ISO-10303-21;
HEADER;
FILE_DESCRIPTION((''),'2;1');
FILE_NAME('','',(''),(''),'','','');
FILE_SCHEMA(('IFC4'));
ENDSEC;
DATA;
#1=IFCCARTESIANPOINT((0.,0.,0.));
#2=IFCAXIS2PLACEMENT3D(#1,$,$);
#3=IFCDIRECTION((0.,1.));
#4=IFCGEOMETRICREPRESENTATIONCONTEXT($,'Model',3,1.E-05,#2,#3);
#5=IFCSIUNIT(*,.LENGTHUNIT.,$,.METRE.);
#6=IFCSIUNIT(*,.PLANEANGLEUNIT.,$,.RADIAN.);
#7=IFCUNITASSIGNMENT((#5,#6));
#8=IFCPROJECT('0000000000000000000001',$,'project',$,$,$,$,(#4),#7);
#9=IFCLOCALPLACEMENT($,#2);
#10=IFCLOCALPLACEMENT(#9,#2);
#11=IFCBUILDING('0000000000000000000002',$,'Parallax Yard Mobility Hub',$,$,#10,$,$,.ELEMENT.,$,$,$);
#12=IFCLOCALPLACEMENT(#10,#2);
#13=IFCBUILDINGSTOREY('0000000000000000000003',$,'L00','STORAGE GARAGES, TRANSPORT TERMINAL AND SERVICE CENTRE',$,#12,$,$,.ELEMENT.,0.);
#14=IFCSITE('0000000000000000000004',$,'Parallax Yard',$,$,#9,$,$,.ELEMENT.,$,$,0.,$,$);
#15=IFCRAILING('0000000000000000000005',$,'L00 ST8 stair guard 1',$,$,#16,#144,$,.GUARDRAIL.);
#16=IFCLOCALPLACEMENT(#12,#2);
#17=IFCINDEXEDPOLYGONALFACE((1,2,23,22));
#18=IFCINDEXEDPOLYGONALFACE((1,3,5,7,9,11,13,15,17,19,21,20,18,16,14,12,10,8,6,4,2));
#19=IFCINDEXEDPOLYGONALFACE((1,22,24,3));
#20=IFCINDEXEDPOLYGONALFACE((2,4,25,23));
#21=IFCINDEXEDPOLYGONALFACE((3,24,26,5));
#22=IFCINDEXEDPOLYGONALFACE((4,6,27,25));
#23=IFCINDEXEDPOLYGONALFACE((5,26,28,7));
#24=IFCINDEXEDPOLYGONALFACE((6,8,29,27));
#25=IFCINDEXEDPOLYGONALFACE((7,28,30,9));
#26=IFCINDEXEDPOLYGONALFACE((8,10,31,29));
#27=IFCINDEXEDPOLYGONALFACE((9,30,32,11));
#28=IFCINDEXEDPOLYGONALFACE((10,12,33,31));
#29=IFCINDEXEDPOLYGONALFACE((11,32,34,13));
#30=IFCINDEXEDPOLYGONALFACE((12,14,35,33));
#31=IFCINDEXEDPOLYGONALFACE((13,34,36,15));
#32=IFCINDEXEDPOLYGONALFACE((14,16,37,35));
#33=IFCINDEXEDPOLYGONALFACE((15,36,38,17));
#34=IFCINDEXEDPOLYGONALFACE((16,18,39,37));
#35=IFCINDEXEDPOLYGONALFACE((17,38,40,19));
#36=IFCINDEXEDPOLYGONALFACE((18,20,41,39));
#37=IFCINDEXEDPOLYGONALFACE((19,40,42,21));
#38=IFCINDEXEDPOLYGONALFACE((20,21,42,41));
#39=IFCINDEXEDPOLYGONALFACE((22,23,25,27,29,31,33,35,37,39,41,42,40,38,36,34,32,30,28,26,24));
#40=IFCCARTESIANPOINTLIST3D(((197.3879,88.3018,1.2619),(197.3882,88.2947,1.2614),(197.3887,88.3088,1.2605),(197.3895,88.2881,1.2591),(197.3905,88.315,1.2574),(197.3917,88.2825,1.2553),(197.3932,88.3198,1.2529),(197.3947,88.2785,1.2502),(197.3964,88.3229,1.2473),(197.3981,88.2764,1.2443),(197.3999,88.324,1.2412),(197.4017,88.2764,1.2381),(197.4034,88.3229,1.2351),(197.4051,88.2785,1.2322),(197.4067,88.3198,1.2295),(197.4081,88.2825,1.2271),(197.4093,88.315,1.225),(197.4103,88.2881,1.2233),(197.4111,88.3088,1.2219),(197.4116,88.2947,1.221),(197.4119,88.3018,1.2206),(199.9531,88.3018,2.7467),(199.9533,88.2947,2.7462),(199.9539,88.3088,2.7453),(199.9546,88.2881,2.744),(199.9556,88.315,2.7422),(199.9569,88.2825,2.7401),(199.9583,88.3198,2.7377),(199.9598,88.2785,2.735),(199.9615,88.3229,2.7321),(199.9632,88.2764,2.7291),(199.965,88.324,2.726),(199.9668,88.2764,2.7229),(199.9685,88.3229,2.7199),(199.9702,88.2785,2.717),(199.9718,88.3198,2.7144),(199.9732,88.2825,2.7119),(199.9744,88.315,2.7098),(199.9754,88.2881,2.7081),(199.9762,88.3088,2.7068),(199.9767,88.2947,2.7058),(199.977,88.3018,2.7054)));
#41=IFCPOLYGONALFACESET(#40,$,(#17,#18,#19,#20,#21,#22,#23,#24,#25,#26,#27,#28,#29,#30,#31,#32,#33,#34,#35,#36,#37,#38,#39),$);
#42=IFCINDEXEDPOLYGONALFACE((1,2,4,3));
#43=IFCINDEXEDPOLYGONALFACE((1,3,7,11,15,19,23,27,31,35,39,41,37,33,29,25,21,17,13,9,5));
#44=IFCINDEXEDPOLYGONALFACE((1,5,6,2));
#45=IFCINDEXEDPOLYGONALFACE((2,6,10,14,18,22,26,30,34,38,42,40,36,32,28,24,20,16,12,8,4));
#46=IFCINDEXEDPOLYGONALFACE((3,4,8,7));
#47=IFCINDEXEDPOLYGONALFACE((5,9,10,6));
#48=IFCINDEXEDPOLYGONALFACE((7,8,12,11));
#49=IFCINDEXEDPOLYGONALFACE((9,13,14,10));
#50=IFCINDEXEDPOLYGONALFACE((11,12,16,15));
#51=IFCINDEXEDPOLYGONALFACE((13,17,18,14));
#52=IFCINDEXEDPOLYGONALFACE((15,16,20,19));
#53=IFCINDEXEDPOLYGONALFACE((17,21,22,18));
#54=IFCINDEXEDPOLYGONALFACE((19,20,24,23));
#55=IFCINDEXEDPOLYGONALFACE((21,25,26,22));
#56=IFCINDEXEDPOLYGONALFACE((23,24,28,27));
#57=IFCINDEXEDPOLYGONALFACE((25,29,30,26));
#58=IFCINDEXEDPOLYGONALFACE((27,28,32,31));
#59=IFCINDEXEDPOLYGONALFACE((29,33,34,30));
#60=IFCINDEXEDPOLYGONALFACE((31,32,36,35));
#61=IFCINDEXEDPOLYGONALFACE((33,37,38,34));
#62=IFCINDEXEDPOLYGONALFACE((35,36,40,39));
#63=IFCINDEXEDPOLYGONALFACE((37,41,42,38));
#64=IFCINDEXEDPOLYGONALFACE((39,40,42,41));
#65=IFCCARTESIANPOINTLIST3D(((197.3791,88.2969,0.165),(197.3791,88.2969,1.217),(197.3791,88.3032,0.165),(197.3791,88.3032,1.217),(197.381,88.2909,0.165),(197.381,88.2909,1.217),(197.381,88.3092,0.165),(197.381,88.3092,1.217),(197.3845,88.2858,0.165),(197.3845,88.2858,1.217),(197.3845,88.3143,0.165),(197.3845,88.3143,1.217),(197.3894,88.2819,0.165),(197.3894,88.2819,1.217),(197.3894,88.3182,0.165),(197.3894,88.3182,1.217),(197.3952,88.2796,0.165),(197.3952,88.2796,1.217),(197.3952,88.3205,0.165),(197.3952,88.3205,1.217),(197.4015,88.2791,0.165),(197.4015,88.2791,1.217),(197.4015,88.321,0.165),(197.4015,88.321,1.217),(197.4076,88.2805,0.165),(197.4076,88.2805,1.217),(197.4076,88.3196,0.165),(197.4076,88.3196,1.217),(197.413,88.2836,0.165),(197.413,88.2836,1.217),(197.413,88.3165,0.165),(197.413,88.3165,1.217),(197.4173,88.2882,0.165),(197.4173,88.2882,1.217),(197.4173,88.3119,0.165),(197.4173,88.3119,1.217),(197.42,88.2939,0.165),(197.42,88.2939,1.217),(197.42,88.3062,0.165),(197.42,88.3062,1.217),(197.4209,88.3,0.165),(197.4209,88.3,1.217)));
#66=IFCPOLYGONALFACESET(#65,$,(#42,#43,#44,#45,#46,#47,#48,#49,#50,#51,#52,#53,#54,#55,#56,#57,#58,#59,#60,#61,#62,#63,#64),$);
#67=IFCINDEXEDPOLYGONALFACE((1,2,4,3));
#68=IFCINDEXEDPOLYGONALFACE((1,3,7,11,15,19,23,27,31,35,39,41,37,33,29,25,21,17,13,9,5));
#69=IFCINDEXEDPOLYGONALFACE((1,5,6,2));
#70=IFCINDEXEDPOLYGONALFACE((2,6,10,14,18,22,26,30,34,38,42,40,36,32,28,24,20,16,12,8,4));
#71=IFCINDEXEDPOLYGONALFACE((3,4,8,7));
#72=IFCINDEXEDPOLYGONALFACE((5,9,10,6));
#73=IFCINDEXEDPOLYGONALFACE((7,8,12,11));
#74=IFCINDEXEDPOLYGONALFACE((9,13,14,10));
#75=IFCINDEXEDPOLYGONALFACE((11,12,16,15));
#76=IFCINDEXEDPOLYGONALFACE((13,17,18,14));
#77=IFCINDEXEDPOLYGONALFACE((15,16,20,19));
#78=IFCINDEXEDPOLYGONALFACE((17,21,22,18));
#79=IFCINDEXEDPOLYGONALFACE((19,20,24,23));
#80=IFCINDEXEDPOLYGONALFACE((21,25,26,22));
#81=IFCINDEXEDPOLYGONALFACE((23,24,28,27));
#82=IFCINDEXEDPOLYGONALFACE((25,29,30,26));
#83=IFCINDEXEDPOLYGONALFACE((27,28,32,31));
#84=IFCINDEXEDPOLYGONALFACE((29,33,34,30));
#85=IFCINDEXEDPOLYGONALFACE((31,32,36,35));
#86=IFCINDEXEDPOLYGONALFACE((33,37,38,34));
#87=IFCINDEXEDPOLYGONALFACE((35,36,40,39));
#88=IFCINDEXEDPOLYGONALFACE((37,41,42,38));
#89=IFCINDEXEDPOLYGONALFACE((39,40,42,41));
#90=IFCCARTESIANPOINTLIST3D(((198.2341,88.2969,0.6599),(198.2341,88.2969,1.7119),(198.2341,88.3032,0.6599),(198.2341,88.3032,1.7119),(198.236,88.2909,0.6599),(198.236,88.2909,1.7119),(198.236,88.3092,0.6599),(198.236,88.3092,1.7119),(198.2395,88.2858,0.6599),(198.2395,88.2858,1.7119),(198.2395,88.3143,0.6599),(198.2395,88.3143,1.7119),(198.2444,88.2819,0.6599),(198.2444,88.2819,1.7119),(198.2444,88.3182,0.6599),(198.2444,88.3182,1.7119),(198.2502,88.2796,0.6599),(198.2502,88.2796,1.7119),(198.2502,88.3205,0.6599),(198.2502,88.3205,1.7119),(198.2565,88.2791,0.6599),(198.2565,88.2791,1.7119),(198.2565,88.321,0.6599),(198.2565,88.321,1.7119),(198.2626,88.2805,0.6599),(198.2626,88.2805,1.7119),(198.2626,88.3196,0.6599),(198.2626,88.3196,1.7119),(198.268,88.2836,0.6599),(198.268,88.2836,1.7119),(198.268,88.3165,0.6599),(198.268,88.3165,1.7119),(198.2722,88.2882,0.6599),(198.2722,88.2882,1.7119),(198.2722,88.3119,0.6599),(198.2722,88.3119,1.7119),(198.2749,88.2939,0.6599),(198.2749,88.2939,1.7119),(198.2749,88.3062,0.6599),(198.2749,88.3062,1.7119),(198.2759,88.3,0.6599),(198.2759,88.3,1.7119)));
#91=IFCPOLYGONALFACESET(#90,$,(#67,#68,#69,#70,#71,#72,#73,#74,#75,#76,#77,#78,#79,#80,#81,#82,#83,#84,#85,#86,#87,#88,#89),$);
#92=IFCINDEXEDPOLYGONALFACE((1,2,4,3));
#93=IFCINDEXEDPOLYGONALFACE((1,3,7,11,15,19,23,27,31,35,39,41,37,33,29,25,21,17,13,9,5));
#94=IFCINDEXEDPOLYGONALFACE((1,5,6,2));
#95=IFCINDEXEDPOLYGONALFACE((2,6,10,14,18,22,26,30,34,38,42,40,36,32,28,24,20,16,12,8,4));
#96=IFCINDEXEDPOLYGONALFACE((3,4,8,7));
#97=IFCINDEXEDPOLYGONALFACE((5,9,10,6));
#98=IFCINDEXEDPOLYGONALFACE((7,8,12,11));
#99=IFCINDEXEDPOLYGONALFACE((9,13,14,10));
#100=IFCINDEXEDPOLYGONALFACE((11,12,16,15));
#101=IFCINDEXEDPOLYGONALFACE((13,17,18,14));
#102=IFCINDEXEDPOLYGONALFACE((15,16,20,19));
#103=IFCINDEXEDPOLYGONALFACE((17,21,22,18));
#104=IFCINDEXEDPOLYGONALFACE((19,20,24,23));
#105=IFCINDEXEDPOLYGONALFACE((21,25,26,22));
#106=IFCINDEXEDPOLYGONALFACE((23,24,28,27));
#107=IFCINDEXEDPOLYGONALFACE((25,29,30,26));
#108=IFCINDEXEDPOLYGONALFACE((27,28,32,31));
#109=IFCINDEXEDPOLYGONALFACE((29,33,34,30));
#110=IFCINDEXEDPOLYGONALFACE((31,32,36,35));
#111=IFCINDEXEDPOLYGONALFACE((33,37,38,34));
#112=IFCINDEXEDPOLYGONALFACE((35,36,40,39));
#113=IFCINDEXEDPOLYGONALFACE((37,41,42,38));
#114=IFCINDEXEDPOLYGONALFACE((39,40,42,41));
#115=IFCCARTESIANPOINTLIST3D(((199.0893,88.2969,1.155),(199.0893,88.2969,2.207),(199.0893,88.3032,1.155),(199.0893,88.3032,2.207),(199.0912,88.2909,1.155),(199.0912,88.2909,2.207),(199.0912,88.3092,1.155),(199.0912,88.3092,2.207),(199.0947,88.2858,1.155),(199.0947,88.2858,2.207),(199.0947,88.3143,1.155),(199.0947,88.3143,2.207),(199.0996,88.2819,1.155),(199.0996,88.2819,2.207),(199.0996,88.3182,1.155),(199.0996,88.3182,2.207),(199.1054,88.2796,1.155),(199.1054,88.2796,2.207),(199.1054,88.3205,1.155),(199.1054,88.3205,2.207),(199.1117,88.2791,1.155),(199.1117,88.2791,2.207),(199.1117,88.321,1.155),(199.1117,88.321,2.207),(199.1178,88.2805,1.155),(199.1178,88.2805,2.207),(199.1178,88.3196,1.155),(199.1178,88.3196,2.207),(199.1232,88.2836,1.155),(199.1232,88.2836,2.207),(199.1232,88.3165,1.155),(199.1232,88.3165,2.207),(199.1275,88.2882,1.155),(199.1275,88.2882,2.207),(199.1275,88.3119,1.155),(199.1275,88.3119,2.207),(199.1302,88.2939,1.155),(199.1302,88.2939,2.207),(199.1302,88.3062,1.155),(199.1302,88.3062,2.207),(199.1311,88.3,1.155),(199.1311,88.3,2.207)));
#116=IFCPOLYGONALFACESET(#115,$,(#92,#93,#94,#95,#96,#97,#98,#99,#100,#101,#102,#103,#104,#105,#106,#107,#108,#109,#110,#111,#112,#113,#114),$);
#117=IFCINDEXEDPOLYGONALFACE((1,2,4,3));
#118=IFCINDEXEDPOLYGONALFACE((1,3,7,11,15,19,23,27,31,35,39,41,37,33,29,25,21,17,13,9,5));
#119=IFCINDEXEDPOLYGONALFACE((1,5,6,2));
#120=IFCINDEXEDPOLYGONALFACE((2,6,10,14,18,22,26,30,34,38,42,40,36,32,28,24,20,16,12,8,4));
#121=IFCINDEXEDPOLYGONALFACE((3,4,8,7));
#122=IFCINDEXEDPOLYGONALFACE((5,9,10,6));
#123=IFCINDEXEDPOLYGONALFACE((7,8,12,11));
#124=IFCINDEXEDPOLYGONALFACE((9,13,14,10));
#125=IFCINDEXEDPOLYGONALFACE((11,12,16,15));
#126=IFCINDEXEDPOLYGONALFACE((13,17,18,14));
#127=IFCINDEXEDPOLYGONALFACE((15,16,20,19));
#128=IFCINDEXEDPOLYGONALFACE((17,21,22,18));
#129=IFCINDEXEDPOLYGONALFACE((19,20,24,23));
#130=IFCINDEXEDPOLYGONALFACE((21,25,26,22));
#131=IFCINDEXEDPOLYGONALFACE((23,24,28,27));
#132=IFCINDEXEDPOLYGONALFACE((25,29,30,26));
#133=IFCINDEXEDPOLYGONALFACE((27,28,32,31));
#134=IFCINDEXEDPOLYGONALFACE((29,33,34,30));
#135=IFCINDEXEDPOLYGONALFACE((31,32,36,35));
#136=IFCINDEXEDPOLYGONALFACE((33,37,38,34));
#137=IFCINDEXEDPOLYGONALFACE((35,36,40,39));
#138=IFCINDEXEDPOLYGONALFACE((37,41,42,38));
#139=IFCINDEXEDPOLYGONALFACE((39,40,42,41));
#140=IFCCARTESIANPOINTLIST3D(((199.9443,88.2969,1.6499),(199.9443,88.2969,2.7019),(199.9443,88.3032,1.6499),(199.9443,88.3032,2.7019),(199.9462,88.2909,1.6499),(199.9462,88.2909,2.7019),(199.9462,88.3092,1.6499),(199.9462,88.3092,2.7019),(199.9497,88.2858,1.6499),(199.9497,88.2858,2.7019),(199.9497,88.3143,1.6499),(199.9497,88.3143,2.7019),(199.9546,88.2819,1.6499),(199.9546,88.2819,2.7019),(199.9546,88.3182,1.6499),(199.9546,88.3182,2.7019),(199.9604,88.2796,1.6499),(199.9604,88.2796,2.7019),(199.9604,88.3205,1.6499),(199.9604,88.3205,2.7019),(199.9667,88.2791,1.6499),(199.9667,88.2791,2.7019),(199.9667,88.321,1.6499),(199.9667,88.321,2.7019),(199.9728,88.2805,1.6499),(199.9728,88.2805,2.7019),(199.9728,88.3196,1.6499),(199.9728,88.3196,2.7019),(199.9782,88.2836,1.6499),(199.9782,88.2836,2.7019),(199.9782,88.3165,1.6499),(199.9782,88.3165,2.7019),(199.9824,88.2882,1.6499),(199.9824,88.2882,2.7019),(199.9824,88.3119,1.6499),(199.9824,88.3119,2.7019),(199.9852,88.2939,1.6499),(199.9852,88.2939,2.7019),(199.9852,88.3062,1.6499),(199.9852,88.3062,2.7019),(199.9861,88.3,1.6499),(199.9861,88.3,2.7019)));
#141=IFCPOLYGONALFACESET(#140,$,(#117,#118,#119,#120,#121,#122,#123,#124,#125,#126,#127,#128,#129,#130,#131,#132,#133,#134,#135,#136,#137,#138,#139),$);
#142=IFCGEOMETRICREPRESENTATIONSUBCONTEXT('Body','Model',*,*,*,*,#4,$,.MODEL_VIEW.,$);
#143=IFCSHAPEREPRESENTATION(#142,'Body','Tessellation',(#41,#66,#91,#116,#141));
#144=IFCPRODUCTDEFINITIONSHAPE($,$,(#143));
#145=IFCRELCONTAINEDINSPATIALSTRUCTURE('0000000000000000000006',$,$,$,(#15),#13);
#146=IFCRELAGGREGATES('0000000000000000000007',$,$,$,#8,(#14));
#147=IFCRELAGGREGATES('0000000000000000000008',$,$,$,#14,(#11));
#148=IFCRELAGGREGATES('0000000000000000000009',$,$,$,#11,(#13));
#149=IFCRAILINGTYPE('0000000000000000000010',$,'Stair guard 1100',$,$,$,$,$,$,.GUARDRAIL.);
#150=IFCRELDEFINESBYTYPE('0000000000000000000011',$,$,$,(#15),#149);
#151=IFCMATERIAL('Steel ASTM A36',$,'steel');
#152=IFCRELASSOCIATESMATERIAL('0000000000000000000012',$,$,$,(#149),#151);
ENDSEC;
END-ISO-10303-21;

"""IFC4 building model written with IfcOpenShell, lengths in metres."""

from ifc_helpers import new_model, si_unit, direction, frame, origin, origin_2d, place, context, subcontext, project, spatial, circle, extrude, material, type_object, element, save


model = new_model("IFC4")

# Units and contexts
model_context = context("Model", 3, precision=1e-05, world=origin(), true_north=direction((0.0, 1.0)))
body_context = subcontext(model_context, "Body", "Model", "MODEL_VIEW")
ifc_project = project(units=[si_unit("LENGTHUNIT", "METRE"), si_unit("PLANEANGLEUNIT", "RADIAN")], contexts=[model_context])

# Site, building, storey
site_placement = place(None, origin())
site = spatial("IfcSite", under=ifc_project, at=site_placement, Name="Parallax Yard", CompositionType="ELEMENT", RefElevation=0.0)
building_placement = place(site_placement, origin())
building = spatial("IfcBuilding", under=site, at=building_placement, Name="Parallax Yard Mobility Hub", CompositionType="ELEMENT")
storey_placement = place(building_placement, origin())
storey = spatial("IfcBuildingStorey", under=building, at=storey_placement, Name="L00", Description="STORAGE GARAGES, TRANSPORT TERMINAL AND SERVICE CENTRE", CompositionType="ELEMENT", Elevation=0.0)

# Railing
ifc_material_1 = material(Name="Steel ASTM A36", Category="steel")
railing_type_1 = type_object("IfcRailingType", Name="Stair guard 1100", PredefinedType="GUARDRAIL", material=ifc_material_1)
railing_1_placement = place(storey_placement, frame((197.3999, 88.3, 0.165)))
element("IfcRailing", 1, at=railing_1_placement, inside=storey, type_object=railing_type_1, Name="L00 ST8 stair guard 1", PredefinedType="GUARDRAIL", context=body_context, shape_type="SweptSolid", body=[
    extrude(circle(Radius=0.0239, at=origin_2d()), frame((0.0, 0.0, 1.0762), z_axis=(0.865462, 0.0, 0.500975), x_axis=(0.0, 1.0, 0.0)), (0.0, 0.0, 1.0), 2.9639),
    extrude(circle(Radius=0.021, at=origin_2d()), origin(), (0.0, 0.0, 1.0), 1.052),
    extrude(circle(Radius=0.021, at=origin_2d()), frame((0.855, 0.0, 0.4949)), (0.0, 0.0, 1.0), 1.052),
    extrude(circle(Radius=0.021, at=origin_2d()), frame((1.7102, 0.0, 0.99)), (0.0, 0.0, 1.0), 1.052),
    extrude(circle(Radius=0.021, at=origin_2d()), frame((2.5652, 0.0, 1.4849)), (0.0, 0.0, 1.0), 1.052),
])

save(model, "model.ifc")
